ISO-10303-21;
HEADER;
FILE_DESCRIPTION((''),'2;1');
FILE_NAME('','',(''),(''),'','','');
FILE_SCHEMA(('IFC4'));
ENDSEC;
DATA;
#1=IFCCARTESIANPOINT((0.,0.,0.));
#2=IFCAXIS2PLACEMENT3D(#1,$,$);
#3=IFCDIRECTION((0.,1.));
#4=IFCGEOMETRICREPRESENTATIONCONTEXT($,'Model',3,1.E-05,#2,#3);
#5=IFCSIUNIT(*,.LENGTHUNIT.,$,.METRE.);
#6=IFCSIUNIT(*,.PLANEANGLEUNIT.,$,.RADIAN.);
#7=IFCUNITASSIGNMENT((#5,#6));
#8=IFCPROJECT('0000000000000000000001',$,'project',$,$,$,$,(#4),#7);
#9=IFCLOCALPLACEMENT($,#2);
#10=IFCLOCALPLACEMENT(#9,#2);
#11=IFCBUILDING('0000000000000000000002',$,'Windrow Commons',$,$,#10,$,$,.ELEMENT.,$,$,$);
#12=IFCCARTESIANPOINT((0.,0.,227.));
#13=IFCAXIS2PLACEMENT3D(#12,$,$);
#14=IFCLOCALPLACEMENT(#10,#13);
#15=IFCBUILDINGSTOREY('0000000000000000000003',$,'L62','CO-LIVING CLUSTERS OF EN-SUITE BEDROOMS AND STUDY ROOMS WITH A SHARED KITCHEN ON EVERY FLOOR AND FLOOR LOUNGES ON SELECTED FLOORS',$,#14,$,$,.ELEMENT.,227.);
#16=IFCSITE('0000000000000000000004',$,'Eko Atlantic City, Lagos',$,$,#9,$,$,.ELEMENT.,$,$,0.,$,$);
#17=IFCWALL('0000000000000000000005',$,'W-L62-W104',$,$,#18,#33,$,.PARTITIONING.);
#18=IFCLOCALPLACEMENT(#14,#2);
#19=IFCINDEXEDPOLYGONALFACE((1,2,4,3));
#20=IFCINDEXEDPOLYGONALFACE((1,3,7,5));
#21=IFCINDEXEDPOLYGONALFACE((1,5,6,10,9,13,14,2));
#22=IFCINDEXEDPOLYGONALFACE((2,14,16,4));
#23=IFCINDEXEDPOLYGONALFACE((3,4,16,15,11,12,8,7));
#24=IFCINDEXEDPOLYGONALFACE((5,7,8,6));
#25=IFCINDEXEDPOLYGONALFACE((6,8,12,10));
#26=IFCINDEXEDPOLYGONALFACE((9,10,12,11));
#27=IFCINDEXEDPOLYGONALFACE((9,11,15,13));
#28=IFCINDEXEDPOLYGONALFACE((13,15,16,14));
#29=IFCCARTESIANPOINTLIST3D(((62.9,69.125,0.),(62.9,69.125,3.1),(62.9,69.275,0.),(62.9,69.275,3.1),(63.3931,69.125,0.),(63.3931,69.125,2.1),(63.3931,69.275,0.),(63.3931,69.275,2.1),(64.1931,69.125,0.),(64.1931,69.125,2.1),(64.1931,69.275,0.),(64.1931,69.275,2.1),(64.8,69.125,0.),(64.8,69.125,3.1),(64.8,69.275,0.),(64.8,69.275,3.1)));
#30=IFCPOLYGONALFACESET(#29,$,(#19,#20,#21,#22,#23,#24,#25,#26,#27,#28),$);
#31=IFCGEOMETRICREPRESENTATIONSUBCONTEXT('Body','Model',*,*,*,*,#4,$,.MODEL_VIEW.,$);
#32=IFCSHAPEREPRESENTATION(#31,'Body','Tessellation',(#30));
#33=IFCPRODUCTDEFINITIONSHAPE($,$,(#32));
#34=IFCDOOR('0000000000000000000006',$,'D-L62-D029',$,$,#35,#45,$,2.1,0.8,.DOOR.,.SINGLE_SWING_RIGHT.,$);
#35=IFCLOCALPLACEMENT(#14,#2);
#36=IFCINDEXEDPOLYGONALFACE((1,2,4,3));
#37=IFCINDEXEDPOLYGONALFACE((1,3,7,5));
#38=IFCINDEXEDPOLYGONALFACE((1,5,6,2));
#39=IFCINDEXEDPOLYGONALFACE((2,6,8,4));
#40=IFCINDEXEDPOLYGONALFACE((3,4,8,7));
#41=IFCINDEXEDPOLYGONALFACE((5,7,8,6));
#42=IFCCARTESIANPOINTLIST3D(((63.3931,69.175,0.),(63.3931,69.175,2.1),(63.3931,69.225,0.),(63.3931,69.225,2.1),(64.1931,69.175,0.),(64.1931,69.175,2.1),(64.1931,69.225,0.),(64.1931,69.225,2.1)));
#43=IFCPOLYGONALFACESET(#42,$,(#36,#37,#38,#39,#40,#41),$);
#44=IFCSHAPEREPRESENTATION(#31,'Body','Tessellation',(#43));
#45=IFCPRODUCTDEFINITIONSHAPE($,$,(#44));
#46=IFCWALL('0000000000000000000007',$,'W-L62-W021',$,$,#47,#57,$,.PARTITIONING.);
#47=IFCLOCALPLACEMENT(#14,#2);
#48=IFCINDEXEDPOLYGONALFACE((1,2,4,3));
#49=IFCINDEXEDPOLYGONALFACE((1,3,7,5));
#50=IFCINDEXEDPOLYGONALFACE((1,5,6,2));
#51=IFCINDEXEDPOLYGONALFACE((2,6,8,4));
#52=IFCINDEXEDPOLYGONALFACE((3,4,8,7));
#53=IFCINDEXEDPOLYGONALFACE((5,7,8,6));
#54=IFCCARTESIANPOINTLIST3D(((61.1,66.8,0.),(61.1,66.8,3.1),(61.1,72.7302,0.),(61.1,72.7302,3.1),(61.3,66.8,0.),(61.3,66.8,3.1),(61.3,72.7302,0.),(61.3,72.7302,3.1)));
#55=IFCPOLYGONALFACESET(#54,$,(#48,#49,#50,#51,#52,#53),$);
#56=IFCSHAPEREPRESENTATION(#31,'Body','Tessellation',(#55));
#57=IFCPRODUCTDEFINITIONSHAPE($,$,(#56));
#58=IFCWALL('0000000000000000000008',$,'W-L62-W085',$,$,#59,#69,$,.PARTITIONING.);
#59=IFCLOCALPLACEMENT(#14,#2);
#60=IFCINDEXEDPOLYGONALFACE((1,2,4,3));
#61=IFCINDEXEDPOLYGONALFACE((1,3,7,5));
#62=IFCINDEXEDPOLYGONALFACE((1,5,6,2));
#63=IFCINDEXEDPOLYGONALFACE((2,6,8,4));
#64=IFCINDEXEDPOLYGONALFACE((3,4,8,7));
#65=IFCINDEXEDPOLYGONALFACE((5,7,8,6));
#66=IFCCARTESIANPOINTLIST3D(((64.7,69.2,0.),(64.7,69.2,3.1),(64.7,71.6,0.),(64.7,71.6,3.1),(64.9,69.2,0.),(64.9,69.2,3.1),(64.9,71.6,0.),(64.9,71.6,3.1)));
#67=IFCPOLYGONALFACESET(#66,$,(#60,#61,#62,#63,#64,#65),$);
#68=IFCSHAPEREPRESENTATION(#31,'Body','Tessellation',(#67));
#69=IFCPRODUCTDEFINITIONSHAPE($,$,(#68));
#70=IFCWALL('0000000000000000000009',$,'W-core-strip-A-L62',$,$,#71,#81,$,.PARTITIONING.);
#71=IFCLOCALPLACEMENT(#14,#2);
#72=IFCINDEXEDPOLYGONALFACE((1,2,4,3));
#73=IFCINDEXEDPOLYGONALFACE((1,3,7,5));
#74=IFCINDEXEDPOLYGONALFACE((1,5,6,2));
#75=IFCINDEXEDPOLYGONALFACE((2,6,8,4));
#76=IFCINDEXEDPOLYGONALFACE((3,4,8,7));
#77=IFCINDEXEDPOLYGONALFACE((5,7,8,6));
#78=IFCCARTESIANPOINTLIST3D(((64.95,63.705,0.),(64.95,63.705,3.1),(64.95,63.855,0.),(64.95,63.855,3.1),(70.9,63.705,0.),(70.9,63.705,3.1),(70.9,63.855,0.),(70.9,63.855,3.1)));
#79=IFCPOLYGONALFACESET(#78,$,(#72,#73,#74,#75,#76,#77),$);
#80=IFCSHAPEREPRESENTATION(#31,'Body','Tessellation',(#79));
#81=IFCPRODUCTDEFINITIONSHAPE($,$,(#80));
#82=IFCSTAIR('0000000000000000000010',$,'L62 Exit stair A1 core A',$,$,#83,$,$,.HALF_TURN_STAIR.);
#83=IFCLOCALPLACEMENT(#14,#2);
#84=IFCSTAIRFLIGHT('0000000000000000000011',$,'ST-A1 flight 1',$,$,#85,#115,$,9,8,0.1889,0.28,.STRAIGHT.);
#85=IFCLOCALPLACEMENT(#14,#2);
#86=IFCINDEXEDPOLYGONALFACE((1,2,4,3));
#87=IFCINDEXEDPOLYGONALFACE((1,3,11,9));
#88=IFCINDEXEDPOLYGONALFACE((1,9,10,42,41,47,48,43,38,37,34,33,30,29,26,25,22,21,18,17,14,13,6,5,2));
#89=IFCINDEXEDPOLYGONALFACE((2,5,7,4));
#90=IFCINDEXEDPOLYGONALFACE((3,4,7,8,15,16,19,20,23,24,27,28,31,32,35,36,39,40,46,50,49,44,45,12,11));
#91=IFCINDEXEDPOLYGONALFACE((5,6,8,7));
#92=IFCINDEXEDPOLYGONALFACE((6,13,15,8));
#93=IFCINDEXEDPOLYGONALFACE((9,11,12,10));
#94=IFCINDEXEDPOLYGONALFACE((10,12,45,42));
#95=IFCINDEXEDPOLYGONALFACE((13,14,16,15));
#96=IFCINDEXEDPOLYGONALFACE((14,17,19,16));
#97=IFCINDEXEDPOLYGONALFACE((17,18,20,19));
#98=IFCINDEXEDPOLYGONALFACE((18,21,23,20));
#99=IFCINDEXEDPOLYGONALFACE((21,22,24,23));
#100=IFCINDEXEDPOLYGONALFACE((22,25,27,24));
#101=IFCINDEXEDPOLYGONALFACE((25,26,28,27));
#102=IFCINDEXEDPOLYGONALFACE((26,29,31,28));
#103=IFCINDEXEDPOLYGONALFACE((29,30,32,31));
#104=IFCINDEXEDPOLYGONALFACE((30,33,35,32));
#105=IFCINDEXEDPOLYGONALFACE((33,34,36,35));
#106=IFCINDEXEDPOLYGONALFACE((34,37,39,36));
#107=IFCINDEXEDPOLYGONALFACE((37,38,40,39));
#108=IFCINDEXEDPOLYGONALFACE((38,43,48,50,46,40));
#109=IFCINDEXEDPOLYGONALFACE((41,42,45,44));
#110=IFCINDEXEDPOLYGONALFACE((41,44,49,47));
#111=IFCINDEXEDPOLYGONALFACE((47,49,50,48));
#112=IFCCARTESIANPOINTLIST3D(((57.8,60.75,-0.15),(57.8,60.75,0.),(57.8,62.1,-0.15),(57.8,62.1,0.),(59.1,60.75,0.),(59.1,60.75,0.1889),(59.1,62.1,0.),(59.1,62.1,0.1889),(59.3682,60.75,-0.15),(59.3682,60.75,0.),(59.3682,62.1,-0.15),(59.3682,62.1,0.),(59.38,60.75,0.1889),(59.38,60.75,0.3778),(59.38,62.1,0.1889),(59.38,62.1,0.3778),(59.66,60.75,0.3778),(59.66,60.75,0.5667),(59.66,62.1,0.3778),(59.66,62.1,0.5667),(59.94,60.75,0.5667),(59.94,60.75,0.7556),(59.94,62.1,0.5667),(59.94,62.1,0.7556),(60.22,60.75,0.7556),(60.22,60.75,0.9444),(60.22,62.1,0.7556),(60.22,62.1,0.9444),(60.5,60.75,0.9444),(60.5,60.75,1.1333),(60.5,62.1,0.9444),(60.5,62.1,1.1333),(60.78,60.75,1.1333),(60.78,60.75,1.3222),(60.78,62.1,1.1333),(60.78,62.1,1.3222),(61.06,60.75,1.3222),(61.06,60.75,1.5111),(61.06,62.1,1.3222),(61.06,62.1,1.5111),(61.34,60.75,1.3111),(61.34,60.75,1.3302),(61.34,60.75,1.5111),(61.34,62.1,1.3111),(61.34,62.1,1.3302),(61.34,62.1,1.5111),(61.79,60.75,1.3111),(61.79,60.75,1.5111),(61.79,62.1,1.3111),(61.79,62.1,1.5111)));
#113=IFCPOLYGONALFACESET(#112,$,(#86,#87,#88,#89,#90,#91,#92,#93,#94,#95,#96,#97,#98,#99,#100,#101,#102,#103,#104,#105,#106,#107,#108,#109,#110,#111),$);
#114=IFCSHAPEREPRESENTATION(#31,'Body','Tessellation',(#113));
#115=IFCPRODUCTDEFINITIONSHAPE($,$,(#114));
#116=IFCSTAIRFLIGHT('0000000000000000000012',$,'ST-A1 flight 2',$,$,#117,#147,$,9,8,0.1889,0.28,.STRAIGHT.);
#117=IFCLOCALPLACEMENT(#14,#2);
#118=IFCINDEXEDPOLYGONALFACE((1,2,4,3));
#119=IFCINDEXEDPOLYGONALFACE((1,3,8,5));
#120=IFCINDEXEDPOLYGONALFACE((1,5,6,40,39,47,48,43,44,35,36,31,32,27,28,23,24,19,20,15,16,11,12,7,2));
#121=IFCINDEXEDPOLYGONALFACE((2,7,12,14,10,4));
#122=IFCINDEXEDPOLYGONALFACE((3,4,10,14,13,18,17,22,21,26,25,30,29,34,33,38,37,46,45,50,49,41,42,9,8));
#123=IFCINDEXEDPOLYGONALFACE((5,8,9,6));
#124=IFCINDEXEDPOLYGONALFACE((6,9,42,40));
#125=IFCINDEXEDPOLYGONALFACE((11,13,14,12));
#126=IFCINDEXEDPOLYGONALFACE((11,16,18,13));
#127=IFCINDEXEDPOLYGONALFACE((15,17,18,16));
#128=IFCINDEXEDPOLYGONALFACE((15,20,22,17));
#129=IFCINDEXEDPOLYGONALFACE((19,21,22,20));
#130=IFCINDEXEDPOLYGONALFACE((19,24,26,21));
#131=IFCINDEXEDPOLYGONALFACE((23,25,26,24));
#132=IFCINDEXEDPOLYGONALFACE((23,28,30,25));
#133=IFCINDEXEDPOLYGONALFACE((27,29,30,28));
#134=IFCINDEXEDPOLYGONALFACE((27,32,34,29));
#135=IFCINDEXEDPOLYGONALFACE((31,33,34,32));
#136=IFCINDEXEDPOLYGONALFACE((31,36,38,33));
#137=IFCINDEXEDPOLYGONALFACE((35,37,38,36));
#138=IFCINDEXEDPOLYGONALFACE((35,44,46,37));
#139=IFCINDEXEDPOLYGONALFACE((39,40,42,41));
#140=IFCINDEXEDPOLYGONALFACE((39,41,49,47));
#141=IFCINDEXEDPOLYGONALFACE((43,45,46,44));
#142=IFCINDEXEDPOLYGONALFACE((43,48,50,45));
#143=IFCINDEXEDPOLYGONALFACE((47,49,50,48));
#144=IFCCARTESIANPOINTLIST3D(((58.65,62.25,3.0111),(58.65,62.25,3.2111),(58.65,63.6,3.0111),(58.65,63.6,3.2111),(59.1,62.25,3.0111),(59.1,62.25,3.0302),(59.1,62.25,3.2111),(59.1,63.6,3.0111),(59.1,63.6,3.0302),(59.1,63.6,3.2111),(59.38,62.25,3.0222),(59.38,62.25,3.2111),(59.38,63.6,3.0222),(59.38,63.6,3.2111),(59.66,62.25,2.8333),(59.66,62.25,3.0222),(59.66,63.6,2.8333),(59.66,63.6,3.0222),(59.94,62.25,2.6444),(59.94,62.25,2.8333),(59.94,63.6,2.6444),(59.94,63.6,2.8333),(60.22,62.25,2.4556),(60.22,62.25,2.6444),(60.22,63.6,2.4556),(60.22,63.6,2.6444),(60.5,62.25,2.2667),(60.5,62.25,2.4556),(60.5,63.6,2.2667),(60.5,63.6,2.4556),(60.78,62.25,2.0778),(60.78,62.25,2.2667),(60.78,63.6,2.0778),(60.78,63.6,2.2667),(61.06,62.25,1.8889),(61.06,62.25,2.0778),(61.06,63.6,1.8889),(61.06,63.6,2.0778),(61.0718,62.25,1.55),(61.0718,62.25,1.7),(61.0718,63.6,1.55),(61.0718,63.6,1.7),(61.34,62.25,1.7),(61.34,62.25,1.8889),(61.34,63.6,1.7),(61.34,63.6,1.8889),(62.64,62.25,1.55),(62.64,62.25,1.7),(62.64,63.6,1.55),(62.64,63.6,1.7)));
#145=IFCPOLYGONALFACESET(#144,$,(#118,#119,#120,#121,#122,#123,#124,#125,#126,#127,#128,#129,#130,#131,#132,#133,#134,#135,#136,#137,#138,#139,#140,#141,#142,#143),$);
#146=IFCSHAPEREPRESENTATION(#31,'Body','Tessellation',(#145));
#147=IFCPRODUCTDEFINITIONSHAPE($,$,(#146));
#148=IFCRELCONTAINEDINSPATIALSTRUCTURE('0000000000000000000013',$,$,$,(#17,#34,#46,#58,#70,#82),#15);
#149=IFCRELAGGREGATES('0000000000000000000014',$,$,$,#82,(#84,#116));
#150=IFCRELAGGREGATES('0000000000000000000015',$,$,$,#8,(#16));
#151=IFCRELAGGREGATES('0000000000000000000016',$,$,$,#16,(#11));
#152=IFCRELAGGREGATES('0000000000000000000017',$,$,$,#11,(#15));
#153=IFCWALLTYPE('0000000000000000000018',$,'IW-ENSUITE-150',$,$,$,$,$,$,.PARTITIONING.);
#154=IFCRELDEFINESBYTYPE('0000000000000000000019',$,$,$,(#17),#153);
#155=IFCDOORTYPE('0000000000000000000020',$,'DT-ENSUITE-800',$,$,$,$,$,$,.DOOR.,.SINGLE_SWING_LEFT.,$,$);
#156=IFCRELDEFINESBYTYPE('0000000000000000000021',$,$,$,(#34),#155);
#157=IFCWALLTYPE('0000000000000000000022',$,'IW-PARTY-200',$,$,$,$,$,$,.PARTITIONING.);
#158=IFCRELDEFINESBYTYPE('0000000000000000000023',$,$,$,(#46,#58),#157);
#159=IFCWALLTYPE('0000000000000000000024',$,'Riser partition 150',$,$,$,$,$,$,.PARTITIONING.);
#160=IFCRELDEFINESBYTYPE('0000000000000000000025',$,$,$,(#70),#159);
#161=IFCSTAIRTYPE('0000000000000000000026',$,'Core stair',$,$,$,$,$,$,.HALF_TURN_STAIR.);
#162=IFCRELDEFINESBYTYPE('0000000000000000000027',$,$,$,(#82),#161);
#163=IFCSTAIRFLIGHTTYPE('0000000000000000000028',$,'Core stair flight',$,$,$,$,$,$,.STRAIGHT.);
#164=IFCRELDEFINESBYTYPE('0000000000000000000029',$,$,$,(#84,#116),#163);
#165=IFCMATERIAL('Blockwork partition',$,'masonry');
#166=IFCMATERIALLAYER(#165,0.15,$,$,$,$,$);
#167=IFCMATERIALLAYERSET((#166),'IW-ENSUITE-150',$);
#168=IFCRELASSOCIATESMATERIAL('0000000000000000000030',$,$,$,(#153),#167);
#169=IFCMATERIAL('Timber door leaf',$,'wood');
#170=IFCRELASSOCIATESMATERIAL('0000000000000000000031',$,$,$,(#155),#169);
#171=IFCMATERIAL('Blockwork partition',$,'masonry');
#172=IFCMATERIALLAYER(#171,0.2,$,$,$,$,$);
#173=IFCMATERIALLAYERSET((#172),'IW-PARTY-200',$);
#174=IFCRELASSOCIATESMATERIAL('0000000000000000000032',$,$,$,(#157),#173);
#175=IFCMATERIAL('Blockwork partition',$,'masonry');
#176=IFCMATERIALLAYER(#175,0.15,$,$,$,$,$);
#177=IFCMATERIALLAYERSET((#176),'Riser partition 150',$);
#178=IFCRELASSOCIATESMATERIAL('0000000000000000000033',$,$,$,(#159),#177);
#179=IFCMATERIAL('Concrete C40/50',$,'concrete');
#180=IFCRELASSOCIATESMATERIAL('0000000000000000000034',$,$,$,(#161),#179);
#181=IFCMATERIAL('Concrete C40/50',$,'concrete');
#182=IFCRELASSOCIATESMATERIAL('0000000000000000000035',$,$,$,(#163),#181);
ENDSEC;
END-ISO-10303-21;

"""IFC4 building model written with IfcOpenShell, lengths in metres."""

from ifc_helpers import new_model, si_unit, direction, frame, frame_2d, origin, place, context, subcontext, project, spatial, polyline, rectangle, outline, extrude, material, layer, layer_set, type_object, element, fill, aggregate, save


model = new_model("IFC4")

# Units and contexts
model_context = context("Model", 3, precision=1e-05, world=origin(), true_north=direction((0.0, 1.0)))
body_context = subcontext(model_context, "Body", "Model", "MODEL_VIEW")
ifc_project = project(units=[si_unit("LENGTHUNIT", "METRE"), si_unit("PLANEANGLEUNIT", "RADIAN")], contexts=[model_context])

# Site, building, storey
site_placement = place(None, origin())
site = spatial("IfcSite", under=ifc_project, at=site_placement, Name="Eko Atlantic City, Lagos", CompositionType="ELEMENT", RefElevation=0.0)
building_placement = place(site_placement, origin())
building = spatial("IfcBuilding", under=site, at=building_placement, Name="Windrow Commons", CompositionType="ELEMENT")
storey_placement = place(building_placement, frame((0.0, 0.0, 227.0)))
storey = spatial("IfcBuildingStorey", under=building, at=storey_placement, Name="L62", Description="CO-LIVING CLUSTERS OF EN-SUITE BEDROOMS AND STUDY ROOMS WITH A SHARED KITCHEN ON EVERY FLOOR AND FLOOR LOUNGES ON SELECTED FLOORS", CompositionType="ELEMENT", Elevation=227.0)

# Shared definitions
ifc_material_1 = material(Name="Blockwork partition", Category="masonry")
ifc_layer_1 = layer(ifc_material_1, 0.15)
ifc_layer_set_1 = layer_set([ifc_layer_1], Name="IW-ENSUITE-150")
wall_type_1 = type_object("IfcWallType", Name="IW-ENSUITE-150", PredefinedType="PARTITIONING", material=ifc_layer_set_1)

# Wall, opening, door
wall_1_placement = place(storey_placement, frame((62.9, 69.2, 0.0), z_axis=(0.0, 0.0, 1.0), x_axis=(1.0, 0.0, 0.0)))
wall_1 = element("IfcWall", 1, at=wall_1_placement, inside=storey, type_object=wall_type_1, Name="W-L62-W104", PredefinedType="PARTITIONING", context=body_context, shape_type="SweptSolid", body=[
    extrude(rectangle(XDim=1.9, YDim=0.15, at=frame_2d((0.95, 0.0))), origin(), (0.0, 0.0, 1.0), 3.1),
])
opening_1_placement = place(wall_1_placement, frame((0.4931, 0.0, 0.0)))
opening_1 = element("IfcOpeningElement", 2, at=opening_1_placement, cuts=wall_1, PredefinedType="OPENING", context=body_context, shape_type="SweptSolid", body=[
    extrude(rectangle(XDim=0.8, YDim=2.1, at=frame_2d((0.4, 1.05))), frame((0.0, 0.085, 0.0), z_axis=(0.0, -1.0, 0.0), x_axis=(1.0, 0.0, 0.0)), (0.0, 0.0, 1.0), 0.17),
])
ifc_material_2 = material(Name="Timber door leaf", Category="wood")
door_type = type_object("IfcDoorType", Name="DT-ENSUITE-800", OperationType="SINGLE_SWING_LEFT", PredefinedType="DOOR", material=ifc_material_2)
door_placement = place(opening_1_placement, origin())
door = element("IfcDoor", 3, at=door_placement, inside=storey, type_object=door_type, Name="D-L62-D029", OperationType="SINGLE_SWING_RIGHT", OverallHeight=2.1, OverallWidth=0.8, PredefinedType="DOOR", context=body_context, shape_type="SweptSolid", body=[
    extrude(rectangle(XDim=0.8, YDim=2.1, at=frame_2d((0.4, 1.05))), frame((0.0, 0.025, 0.0), z_axis=(0.0, -1.0, 0.0), x_axis=(1.0, 0.0, 0.0)), (0.0, 0.0, 1.0), 0.05),
])
fill(opening_1, door)

# Walls
ifc_material_3 = material(Name="Blockwork partition", Category="masonry")
ifc_layer_2 = layer(ifc_material_3, 0.2)
ifc_layer_set_2 = layer_set([ifc_layer_2], Name="IW-PARTY-200")
wall_type_2 = type_object("IfcWallType", Name="IW-PARTY-200", PredefinedType="PARTITIONING", material=ifc_layer_set_2)
wall_2_placement = place(storey_placement, frame((61.2, 66.8, 0.0), z_axis=(0.0, 0.0, 1.0), x_axis=(0.0, 1.0, 0.0)))
element("IfcWall", 4, at=wall_2_placement, inside=storey, type_object=wall_type_2, Name="W-L62-W021", PredefinedType="PARTITIONING", context=body_context, shape_type="SweptSolid", body=[
    extrude(rectangle(XDim=5.9301, YDim=0.2, at=frame_2d((2.9651, 0.0))), origin(), (0.0, 0.0, 1.0), 3.1),
])
wall_3_placement = place(storey_placement, frame((64.8, 69.2, 0.0), z_axis=(0.0, 0.0, 1.0), x_axis=(0.0, 1.0, 0.0)))
element("IfcWall", 5, at=wall_3_placement, inside=storey, type_object=wall_type_2, Name="W-L62-W085", PredefinedType="PARTITIONING", context=body_context, shape_type="SweptSolid", body=[
    extrude(rectangle(XDim=2.4, YDim=0.2, at=frame_2d((1.2, 0.0))), origin(), (0.0, 0.0, 1.0), 3.1),
])
ifc_material_4 = material(Name="Blockwork partition", Category="masonry")
ifc_layer_3 = layer(ifc_material_4, 0.15)
ifc_layer_set_3 = layer_set([ifc_layer_3], Name="Riser partition 150")
wall_type_3 = type_object("IfcWallType", Name="Riser partition 150", PredefinedType="PARTITIONING", material=ifc_layer_set_3)
wall_4_placement = place(storey_placement, frame((64.95, 63.78, 0.0), z_axis=(0.0, 0.0, 1.0), x_axis=(1.0, 0.0, 0.0)))
element("IfcWall", 6, at=wall_4_placement, inside=storey, type_object=wall_type_3, Name="W-core-strip-A-L62", PredefinedType="PARTITIONING", context=body_context, shape_type="SweptSolid", body=[
    extrude(rectangle(XDim=5.95, YDim=0.15, at=frame_2d((2.975, 0.0))), origin(), (0.0, 0.0, 1.0), 3.1),
])

# Stair, stair flights
ifc_material_5 = material(Name="Concrete C40/50", Category="concrete")
stair_type = type_object("IfcStairType", Name="Core stair", PredefinedType="HALF_TURN_STAIR", material=ifc_material_5)
placement = place(storey_placement, origin())
stair_1 = element("IfcStair", 7, at=placement, inside=storey, type_object=stair_type, Name="L62 Exit stair A1 core A", PredefinedType="HALF_TURN_STAIR")
ifc_material_6 = material(Name="Concrete C40/50", Category="concrete")
stair_flight_type = type_object("IfcStairFlightType", Name="Core stair flight", PredefinedType="STRAIGHT", material=ifc_material_6)
stair_flight_1_placement = place(storey_placement, frame((59.1, 61.425, 0.0), z_axis=(0.0, 0.0, 1.0), x_axis=(1.0, 0.0, 0.0)))
stair_flight_1 = element("IfcStairFlight", 8, at=stair_flight_1_placement, type_object=stair_flight_type, Name="ST-A1 flight 1", NumberOfRisers=9, NumberOfTreads=8, PredefinedType="STRAIGHT", RiserHeight=0.1889, TreadLength=0.28, context=body_context, shape_type="SweptSolid", body=[
    extrude(outline(polyline([(-1.3, -0.15), (-1.3, 0.0), (0.0, 0.0), (0.0, 0.1889), (0.28, 0.1889), (0.28, 0.3778), (0.56, 0.3778), (0.56, 0.5667), (0.84, 0.5667), (0.84, 0.7556), (1.12, 0.7556), (1.12, 0.9444), (1.4, 0.9444), (1.4, 1.1333), (1.68, 1.1333), (1.68, 1.3222), (1.96, 1.3222), (1.96, 1.5111), (2.24, 1.5111), (2.69, 1.5111), (2.69, 1.3111), (2.24, 1.3111), (2.24, 1.3302), (0.2682, 0.0), (0.2682, -0.15), (-1.3, -0.15)])), frame((0.0, 0.675, 0.0), z_axis=(0.0, -1.0, 0.0), x_axis=(1.0, 0.0, 0.0)), (0.0, 0.0, 1.0), 1.35),
])
stair_flight_2_placement = place(storey_placement, frame((61.34, 62.925, 1.7), z_axis=(0.0, 0.0, 1.0), x_axis=(-1.0, 0.0, 0.0)))
stair_flight_2 = element("IfcStairFlight", 9, at=stair_flight_2_placement, type_object=stair_flight_type, Name="ST-A1 flight 2", NumberOfRisers=9, NumberOfTreads=8, PredefinedType="STRAIGHT", RiserHeight=0.1889, TreadLength=0.28, context=body_context, shape_type="SweptSolid", body=[
    extrude(outline(polyline([(-1.3, -0.15), (-1.3, 0.0), (0.0, 0.0), (0.0, 0.1889), (0.28, 0.1889), (0.28, 0.3778), (0.56, 0.3778), (0.56, 0.5667), (0.84, 0.5667), (0.84, 0.7556), (1.12, 0.7556), (1.12, 0.9444), (1.4, 0.9444), (1.4, 1.1333), (1.68, 1.1333), (1.68, 1.3222), (1.96, 1.3222), (1.96, 1.5111), (2.24, 1.5111), (2.69, 1.5111), (2.69, 1.3111), (2.24, 1.3111), (2.24, 1.3302), (0.2682, 0.0), (0.2682, -0.15), (-1.3, -0.15)])), frame((0.0, 0.675, 0.0), z_axis=(0.0, -1.0, 0.0), x_axis=(1.0, 0.0, 0.0)), (0.0, 0.0, 1.0), 1.35),
])
aggregate(stair_1, [stair_flight_1, stair_flight_2])

save(model, "model.ifc")
